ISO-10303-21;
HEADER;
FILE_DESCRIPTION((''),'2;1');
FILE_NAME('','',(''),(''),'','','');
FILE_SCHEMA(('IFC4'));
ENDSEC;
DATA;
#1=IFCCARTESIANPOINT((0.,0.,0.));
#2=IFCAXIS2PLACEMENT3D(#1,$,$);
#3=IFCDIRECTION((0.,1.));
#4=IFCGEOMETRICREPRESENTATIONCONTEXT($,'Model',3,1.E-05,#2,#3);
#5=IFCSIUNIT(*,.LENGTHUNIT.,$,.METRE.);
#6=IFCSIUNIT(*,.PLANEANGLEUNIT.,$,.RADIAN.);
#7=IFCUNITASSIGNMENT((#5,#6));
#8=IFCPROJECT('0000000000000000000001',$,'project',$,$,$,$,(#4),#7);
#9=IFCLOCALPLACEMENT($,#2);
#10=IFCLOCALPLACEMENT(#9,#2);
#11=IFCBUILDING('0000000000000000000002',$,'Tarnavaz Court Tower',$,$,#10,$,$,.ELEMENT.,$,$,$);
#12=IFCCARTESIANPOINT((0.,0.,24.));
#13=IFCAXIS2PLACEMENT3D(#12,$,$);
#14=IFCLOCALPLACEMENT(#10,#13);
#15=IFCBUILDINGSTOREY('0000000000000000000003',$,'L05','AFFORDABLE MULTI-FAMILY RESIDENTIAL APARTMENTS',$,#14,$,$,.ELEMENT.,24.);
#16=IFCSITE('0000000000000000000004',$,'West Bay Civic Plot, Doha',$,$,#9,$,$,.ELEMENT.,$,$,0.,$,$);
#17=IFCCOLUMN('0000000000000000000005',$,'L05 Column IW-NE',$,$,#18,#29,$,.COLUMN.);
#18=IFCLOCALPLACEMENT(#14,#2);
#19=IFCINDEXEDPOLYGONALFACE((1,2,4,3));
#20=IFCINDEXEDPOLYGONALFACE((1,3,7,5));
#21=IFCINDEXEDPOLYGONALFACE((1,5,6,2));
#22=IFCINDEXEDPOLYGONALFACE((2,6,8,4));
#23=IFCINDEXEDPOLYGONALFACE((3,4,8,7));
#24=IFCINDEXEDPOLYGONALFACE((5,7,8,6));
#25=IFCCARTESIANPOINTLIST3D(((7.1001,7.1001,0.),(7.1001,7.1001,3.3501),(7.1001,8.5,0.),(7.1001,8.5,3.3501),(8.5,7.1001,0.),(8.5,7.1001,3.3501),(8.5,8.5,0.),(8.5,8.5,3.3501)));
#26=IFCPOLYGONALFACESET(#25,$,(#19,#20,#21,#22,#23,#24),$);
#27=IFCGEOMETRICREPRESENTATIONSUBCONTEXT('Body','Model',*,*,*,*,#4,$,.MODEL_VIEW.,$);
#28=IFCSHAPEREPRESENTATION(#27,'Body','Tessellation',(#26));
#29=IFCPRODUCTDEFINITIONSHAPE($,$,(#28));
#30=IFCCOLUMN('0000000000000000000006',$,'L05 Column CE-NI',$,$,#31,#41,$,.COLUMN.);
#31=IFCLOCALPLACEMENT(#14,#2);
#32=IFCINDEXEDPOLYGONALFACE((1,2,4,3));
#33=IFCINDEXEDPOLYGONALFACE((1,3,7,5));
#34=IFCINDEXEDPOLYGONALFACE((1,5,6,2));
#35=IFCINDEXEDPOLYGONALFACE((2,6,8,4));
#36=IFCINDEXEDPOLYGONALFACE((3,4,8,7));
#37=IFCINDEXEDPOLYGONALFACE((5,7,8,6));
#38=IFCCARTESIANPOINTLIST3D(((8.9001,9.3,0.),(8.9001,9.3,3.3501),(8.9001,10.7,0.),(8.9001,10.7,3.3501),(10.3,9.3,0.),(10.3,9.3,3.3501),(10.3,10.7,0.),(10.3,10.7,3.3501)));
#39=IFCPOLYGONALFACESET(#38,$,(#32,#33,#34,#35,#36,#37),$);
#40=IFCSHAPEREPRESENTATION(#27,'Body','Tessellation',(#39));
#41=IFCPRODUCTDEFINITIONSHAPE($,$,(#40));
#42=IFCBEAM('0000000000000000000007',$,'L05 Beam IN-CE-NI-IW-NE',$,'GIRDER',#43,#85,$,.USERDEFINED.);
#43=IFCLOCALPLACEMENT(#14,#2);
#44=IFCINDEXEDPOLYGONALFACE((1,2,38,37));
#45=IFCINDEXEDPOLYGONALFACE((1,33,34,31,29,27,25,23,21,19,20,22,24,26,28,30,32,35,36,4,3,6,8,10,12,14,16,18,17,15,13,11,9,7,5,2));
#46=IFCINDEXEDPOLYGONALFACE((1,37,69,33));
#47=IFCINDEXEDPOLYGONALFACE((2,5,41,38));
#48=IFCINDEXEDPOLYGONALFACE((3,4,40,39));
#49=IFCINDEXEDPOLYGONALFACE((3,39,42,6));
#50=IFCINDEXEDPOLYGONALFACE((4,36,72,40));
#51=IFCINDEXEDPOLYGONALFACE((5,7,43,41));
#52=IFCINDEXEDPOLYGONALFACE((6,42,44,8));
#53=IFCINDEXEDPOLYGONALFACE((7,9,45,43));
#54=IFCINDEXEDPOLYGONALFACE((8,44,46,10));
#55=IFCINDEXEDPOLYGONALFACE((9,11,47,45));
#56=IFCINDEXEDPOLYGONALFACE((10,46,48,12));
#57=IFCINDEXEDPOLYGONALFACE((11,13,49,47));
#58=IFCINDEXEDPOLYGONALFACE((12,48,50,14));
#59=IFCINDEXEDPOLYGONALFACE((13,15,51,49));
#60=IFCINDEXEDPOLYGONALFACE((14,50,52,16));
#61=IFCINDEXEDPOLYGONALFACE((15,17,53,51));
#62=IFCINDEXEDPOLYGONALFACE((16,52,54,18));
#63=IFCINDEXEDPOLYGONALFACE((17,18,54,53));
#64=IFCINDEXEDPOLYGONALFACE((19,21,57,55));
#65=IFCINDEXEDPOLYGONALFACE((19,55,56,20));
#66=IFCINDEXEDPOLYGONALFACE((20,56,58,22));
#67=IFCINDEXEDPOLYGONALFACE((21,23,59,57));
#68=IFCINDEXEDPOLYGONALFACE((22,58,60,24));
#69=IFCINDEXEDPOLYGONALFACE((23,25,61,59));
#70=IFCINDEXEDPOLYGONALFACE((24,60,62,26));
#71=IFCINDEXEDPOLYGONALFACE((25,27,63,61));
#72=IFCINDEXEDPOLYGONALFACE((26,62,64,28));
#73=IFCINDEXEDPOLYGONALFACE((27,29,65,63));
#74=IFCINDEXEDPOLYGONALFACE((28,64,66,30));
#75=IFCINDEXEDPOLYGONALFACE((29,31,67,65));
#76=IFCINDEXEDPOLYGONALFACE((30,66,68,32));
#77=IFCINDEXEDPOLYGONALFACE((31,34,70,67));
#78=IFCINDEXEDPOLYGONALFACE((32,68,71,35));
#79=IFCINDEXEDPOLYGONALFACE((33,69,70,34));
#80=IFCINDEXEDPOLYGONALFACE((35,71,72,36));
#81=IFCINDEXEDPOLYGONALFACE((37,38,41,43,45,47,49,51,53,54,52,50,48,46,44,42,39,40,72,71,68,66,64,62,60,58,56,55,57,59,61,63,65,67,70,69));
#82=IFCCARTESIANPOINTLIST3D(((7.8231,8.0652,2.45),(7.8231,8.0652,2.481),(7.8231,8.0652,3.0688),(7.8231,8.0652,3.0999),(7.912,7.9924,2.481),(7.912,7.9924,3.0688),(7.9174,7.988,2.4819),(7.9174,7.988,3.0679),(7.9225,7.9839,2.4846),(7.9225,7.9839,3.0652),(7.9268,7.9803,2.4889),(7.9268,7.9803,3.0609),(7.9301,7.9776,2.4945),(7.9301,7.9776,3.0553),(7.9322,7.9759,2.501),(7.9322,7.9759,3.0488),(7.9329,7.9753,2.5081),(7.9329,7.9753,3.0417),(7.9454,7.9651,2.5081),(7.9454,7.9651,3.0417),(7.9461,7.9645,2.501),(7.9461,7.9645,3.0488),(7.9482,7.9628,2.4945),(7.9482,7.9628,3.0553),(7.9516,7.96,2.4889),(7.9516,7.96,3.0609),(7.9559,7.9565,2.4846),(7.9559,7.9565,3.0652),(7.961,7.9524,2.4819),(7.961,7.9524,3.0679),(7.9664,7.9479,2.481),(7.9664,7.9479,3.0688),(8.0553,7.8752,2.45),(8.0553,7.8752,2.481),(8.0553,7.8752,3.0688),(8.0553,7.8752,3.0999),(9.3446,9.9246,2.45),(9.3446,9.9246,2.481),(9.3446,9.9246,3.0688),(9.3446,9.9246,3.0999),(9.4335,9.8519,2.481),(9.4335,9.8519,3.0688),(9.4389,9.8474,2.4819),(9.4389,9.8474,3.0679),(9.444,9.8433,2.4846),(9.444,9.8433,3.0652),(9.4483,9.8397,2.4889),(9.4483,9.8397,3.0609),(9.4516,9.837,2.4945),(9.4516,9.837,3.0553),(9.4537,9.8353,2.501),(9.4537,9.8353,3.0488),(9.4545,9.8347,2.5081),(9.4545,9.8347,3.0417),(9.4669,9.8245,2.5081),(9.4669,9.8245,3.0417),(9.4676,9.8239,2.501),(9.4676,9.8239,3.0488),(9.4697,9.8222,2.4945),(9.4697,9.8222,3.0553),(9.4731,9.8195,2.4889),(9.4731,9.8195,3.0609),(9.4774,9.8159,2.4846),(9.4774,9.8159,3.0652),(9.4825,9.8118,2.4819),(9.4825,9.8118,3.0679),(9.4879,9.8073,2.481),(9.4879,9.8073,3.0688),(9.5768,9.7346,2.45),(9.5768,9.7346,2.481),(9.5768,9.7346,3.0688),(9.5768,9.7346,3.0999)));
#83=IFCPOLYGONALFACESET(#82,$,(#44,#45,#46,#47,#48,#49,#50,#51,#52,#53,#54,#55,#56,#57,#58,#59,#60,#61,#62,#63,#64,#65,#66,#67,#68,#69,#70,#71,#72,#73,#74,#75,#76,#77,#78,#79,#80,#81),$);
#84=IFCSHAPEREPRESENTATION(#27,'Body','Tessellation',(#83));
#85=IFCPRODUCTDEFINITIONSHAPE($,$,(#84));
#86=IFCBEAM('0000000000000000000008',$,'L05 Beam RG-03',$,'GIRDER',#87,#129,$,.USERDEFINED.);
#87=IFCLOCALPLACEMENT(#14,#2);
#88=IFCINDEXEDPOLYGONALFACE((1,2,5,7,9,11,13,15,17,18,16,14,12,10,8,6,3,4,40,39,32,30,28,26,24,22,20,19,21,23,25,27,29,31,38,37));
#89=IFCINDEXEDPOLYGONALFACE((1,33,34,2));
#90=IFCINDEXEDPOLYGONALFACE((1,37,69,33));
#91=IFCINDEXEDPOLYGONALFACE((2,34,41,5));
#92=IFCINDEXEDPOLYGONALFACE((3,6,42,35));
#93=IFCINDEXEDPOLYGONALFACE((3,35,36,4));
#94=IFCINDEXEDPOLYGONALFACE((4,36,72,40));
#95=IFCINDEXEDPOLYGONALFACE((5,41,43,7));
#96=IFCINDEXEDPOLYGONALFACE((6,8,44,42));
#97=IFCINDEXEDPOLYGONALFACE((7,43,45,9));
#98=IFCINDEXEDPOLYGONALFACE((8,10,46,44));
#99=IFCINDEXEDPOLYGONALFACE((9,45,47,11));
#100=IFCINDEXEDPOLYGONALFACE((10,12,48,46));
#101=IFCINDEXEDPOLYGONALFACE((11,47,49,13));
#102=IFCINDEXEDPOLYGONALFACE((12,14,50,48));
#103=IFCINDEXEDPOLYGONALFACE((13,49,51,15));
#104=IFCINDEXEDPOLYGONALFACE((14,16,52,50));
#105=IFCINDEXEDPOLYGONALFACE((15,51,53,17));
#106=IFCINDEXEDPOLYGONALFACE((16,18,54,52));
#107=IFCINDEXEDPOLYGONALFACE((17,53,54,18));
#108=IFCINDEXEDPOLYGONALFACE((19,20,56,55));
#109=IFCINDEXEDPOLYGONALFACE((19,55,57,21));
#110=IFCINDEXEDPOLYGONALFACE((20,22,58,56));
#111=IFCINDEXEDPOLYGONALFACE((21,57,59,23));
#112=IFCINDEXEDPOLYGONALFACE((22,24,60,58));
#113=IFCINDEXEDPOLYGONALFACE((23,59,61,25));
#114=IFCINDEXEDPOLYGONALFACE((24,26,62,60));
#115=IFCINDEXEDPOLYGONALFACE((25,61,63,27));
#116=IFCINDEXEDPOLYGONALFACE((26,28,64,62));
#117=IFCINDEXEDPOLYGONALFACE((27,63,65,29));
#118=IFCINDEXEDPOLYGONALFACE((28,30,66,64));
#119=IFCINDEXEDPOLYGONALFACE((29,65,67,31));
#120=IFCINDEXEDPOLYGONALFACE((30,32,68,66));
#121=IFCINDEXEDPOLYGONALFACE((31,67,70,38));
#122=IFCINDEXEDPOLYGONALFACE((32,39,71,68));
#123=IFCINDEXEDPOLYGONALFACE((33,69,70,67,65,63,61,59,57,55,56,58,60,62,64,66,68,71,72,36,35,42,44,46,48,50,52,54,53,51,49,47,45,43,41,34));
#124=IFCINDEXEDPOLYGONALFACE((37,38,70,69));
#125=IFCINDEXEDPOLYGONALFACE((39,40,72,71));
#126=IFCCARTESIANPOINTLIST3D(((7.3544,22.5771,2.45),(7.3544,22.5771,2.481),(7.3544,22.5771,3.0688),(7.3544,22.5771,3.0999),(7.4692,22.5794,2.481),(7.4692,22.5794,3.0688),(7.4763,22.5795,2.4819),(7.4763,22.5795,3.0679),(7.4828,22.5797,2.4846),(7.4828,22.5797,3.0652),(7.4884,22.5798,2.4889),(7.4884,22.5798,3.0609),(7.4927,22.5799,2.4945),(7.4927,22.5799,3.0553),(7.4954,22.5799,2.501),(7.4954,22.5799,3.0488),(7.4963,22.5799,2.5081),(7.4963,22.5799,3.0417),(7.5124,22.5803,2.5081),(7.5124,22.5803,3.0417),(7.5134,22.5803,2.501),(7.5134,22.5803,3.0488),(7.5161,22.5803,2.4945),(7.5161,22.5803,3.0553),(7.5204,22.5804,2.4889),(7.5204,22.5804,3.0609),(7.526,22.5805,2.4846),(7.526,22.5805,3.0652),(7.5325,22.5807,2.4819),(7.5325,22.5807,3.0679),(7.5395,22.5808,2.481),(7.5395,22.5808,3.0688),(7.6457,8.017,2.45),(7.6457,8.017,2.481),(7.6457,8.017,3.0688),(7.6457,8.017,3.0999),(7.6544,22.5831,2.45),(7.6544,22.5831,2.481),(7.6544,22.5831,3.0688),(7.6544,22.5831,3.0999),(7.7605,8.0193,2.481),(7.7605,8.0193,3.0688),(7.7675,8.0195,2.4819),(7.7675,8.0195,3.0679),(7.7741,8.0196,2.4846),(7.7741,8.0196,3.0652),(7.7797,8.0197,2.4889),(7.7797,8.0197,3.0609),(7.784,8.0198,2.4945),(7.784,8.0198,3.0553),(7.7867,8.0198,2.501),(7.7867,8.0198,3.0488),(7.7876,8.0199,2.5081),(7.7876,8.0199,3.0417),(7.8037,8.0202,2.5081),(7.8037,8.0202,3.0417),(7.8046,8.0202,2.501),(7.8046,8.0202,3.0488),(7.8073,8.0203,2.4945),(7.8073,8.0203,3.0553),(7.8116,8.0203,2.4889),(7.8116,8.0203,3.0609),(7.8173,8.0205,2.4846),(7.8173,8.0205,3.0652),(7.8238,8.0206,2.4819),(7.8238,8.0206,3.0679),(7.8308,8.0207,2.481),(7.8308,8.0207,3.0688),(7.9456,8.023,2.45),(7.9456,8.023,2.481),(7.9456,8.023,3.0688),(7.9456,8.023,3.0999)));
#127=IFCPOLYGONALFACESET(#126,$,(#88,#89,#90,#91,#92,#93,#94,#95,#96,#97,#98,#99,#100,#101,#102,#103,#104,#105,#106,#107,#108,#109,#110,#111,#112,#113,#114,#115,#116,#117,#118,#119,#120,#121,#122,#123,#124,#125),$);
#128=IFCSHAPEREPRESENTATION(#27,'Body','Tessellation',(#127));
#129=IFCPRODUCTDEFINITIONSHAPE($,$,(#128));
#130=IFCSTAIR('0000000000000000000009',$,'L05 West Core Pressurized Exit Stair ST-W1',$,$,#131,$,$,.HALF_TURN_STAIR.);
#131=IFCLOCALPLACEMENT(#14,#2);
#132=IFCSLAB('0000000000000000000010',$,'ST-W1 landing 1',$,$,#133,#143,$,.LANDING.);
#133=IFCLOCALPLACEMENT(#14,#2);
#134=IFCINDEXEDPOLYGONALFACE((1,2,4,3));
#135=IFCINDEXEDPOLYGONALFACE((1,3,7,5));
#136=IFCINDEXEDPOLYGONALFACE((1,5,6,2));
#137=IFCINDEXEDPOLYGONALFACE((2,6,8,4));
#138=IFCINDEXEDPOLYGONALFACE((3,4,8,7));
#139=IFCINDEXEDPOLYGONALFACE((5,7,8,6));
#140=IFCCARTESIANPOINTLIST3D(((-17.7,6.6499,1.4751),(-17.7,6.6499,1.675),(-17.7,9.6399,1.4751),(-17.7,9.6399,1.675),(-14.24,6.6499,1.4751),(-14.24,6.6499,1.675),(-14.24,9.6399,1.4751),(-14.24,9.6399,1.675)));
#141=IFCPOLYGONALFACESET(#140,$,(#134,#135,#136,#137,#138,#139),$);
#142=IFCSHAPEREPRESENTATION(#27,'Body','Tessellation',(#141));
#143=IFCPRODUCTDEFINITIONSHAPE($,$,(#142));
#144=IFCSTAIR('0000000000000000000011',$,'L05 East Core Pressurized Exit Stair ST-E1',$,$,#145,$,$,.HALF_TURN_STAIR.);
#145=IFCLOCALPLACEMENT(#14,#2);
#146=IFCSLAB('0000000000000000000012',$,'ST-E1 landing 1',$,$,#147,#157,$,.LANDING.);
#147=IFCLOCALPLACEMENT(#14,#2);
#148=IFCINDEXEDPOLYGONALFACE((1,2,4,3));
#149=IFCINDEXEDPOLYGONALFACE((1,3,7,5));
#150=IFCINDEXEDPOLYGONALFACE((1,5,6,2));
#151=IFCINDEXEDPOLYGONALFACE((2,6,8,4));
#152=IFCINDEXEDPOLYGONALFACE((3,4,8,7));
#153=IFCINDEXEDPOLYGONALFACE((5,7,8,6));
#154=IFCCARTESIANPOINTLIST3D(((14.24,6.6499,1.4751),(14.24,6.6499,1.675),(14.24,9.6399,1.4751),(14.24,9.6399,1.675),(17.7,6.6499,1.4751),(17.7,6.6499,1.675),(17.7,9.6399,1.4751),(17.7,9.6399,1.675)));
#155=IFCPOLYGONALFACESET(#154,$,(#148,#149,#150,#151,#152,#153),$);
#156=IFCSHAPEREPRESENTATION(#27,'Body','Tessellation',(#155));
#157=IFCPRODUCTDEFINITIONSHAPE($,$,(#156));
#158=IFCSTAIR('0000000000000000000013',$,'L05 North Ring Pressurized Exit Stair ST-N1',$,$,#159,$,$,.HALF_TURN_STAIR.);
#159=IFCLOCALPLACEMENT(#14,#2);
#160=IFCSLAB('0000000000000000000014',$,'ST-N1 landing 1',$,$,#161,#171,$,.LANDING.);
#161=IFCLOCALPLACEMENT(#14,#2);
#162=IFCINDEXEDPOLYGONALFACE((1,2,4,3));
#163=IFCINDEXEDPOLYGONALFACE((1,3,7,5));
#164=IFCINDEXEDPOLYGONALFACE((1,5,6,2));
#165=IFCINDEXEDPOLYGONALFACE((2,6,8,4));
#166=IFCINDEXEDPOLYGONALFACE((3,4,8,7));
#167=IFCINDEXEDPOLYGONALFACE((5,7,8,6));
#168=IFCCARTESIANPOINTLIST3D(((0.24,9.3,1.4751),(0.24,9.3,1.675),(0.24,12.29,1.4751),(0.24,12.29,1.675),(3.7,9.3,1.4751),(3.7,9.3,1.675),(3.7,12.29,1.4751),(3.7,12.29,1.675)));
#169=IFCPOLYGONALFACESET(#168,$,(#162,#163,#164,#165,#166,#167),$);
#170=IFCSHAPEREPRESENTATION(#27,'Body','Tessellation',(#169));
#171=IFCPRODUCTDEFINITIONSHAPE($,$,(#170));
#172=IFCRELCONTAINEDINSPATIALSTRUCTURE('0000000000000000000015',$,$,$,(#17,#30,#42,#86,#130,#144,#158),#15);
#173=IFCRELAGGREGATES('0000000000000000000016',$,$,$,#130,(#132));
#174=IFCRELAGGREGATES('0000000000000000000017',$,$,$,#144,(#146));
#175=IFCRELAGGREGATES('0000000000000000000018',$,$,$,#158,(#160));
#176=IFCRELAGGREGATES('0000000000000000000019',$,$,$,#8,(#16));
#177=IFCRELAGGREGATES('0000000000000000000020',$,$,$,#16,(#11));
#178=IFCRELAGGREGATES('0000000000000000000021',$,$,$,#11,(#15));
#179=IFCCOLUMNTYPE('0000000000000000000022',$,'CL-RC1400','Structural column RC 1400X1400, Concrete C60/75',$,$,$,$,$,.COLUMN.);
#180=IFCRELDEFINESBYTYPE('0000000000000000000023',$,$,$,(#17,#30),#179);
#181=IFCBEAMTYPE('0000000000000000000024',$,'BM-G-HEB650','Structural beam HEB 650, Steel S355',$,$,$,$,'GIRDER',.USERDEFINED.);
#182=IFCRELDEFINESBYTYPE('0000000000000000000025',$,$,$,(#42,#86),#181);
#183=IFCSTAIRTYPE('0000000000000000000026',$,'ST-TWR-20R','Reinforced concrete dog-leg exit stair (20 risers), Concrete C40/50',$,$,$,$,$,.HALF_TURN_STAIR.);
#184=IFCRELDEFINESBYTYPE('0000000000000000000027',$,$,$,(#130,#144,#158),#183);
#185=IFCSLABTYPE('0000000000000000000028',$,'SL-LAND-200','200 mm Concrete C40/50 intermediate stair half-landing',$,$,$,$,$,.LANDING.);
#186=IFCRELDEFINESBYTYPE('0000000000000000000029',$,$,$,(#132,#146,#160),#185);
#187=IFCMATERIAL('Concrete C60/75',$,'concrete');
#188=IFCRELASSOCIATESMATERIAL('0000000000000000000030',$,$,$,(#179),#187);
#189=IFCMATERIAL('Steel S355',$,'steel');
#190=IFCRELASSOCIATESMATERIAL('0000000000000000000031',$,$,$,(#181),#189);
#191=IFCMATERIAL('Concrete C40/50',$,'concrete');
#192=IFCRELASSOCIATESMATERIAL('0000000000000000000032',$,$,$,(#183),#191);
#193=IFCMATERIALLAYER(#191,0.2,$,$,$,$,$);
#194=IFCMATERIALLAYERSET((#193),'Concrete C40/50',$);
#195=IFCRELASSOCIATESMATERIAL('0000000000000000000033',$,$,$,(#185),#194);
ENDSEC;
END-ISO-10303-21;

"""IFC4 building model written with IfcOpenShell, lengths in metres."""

from ifc_helpers import new_model, si_unit, direction, frame, origin, origin_2d, place, context, subcontext, project, spatial, polyline, rectangle, i_section, outline, extrude, material, layer, layer_set, material_profile, profile_set, type_object, element, aggregate, save


model = new_model("IFC4")

# Units and contexts
model_context = context("Model", 3, precision=1e-05, world=origin(), true_north=direction((0.0, 1.0)))
body_context = subcontext(model_context, "Body", "Model", "MODEL_VIEW")
ifc_project = project(units=[si_unit("LENGTHUNIT", "METRE"), si_unit("PLANEANGLEUNIT", "RADIAN")], contexts=[model_context])

# Site, building, storey
site_placement = place(None, origin())
site = spatial("IfcSite", under=ifc_project, at=site_placement, Name="West Bay Civic Plot, Doha", CompositionType="ELEMENT", RefElevation=0.0)
building_placement = place(site_placement, origin())
building = spatial("IfcBuilding", under=site, at=building_placement, Name="Tarnavaz Court Tower", CompositionType="ELEMENT")
storey_placement = place(building_placement, frame((0.0, 0.0, 24.0)))
storey = spatial("IfcBuildingStorey", under=building, at=storey_placement, Name="L05", Description="AFFORDABLE MULTI-FAMILY RESIDENTIAL APARTMENTS", CompositionType="ELEMENT", Elevation=24.0)

# Columns
ifc_material_1 = material(Name="Concrete C60/75", Category="concrete")
ifc_material_profile_1 = material_profile(ifc_material_1, rectangle(XDim=1.3999, YDim=1.3999, at=origin_2d()), Name="RC 1400X1400")
ifc_profile_set_1 = profile_set([ifc_material_profile_1], Name="Concrete C60/75")
column_type = type_object("IfcColumnType", Name="CL-RC1400", Description="Structural column RC 1400X1400, Concrete C60/75", PredefinedType="COLUMN", material=ifc_profile_set_1)
for number, where, z_axis, x_axis, name in (
    (1, (7.8, 7.8, 0.0), (0.0, 0.0, 1.0), (1.0, 0.0, 0.0), "L05 Column IW-NE"),
    (2, (9.6001, 10.0, 0.0), (0.0, 0.0, 1.0), (1.0, 0.0, 0.0), "L05 Column CE-NI"),
):
    element("IfcColumn", number, at=place(storey_placement, frame(where, z_axis=z_axis, x_axis=x_axis)), inside=storey, type_object=column_type, Name=name, PredefinedType="COLUMN", context=body_context, shape_type="SweptSolid", body=[
        extrude(rectangle(XDim=1.3999, YDim=1.3999, at=origin_2d()), origin(), (0.0, 0.0, 1.0), 3.3501),
    ])

# Beams
ifc_material_2 = material(Name="Steel S355", Category="steel")
ifc_material_profile_2 = material_profile(ifc_material_2, i_section(OverallWidth=0.3, OverallDepth=0.6499, WebThickness=0.0161, FlangeThickness=0.031, FilletRadius=0.0271, at=origin_2d()), Name="HEB 650")
ifc_profile_set_2 = profile_set([ifc_material_profile_2], Name="Steel S355")
beam_type = type_object("IfcBeamType", Name="BM-G-HEB650", Description="Structural beam HEB 650, Steel S355", ElementType="GIRDER", PredefinedType="USERDEFINED", material=ifc_profile_set_2)
beam_1_placement = place(storey_placement, frame((9.4607, 9.8296, 2.7749), z_axis=(-0.633282, -0.773921, 0.0), x_axis=(0.773921, -0.633282, 0.0)))
element("IfcBeam", 3, at=beam_1_placement, inside=storey, type_object=beam_type, Name="L05 Beam IN-CE-NI-IW-NE", ObjectType="GIRDER", PredefinedType="USERDEFINED", context=body_context, shape_type="SweptSolid", body=[
    extrude(i_section(OverallWidth=0.3, OverallDepth=0.6499, WebThickness=0.0161, FlangeThickness=0.031, FilletRadius=0.0271, at=origin_2d()), origin(), (0.0, 0.0, 1.0), 2.4026),
])
beam_2_placement = place(storey_placement, frame((7.7957, 8.02, 2.7749), z_axis=(-0.02, 0.9998, 0.0), x_axis=(-0.9998, -0.02, 0.0)))
element("IfcBeam", 4, at=beam_2_placement, inside=storey, type_object=beam_type, Name="L05 Beam RG-03", ObjectType="GIRDER", PredefinedType="USERDEFINED", context=body_context, shape_type="SweptSolid", body=[
    extrude(i_section(OverallWidth=0.3, OverallDepth=0.6499, WebThickness=0.0161, FlangeThickness=0.031, FilletRadius=0.0271, at=origin_2d()), origin(), (0.0, 0.0, 1.0), 14.563),
])

# Stairs, slabs
ifc_material_3 = material(Name="Concrete C40/50", Category="concrete")
stair_type = type_object("IfcStairType", Name="ST-TWR-20R", Description="Reinforced concrete dog-leg exit stair (20 risers), Concrete C40/50", PredefinedType="HALF_TURN_STAIR", material=ifc_material_3)
stair_1_placement = place(storey_placement, origin())
stair_1 = element("IfcStair", 5, at=stair_1_placement, inside=storey, type_object=stair_type, Name="L05 West Core Pressurized Exit Stair ST-W1", PredefinedType="HALF_TURN_STAIR")
ifc_layer_1 = layer(ifc_material_3, 0.2)
ifc_layer_set_1 = layer_set([ifc_layer_1], Name="Concrete C40/50")
slab_type_1 = type_object("IfcSlabType", Name="SL-LAND-200", Description="200 mm Concrete C40/50 intermediate stair half-landing", PredefinedType="LANDING", material=ifc_layer_set_1)
slab_1_placement = place(storey_placement, frame((0.0, 0.0, 1.4751)))
slab_1 = element("IfcSlab", 6, at=slab_1_placement, type_object=slab_type_1, Name="ST-W1 landing 1", PredefinedType="LANDING", context=body_context, shape_type="SweptSolid", body=[
    extrude(outline(polyline([(-14.24, 9.6399), (-17.7, 9.6399), (-17.7, 6.6499), (-14.24, 6.6499), (-14.24, 9.6399)])), origin(), (0.0, 0.0, 1.0), 0.2),
])
aggregate(stair_1, [slab_1])
stair_2_placement = place(storey_placement, origin())
stair_2 = element("IfcStair", 7, at=stair_2_placement, inside=storey, type_object=stair_type, Name="L05 East Core Pressurized Exit Stair ST-E1", PredefinedType="HALF_TURN_STAIR")
slab_2_placement = place(storey_placement, frame((0.0, 0.0, 1.4751)))
slab_2 = element("IfcSlab", 8, at=slab_2_placement, type_object=slab_type_1, Name="ST-E1 landing 1", PredefinedType="LANDING", context=body_context, shape_type="SweptSolid", body=[
    extrude(outline(polyline([(14.24, 6.6499), (17.7, 6.6499), (17.7, 9.6399), (14.24, 9.6399), (14.24, 6.6499)])), origin(), (0.0, 0.0, 1.0), 0.2),
])
aggregate(stair_2, [slab_2])
stair_3_placement = place(storey_placement, origin())
stair_3 = element("IfcStair", 9, at=stair_3_placement, inside=storey, type_object=stair_type, Name="L05 North Ring Pressurized Exit Stair ST-N1", PredefinedType="HALF_TURN_STAIR")
slab_3_placement = place(storey_placement, frame((0.0, 0.0, 1.4751)))
slab_3 = element("IfcSlab", 10, at=slab_3_placement, type_object=slab_type_1, Name="ST-N1 landing 1", PredefinedType="LANDING", context=body_context, shape_type="SweptSolid", body=[
    extrude(outline(polyline([(0.24, 9.3), (3.7, 9.3), (3.7, 12.29), (0.24, 12.29), (0.24, 9.3)])), origin(), (0.0, 0.0, 1.0), 0.2),
])

aggregate(stair_3, [slab_3])

save(model, "model.ifc")
